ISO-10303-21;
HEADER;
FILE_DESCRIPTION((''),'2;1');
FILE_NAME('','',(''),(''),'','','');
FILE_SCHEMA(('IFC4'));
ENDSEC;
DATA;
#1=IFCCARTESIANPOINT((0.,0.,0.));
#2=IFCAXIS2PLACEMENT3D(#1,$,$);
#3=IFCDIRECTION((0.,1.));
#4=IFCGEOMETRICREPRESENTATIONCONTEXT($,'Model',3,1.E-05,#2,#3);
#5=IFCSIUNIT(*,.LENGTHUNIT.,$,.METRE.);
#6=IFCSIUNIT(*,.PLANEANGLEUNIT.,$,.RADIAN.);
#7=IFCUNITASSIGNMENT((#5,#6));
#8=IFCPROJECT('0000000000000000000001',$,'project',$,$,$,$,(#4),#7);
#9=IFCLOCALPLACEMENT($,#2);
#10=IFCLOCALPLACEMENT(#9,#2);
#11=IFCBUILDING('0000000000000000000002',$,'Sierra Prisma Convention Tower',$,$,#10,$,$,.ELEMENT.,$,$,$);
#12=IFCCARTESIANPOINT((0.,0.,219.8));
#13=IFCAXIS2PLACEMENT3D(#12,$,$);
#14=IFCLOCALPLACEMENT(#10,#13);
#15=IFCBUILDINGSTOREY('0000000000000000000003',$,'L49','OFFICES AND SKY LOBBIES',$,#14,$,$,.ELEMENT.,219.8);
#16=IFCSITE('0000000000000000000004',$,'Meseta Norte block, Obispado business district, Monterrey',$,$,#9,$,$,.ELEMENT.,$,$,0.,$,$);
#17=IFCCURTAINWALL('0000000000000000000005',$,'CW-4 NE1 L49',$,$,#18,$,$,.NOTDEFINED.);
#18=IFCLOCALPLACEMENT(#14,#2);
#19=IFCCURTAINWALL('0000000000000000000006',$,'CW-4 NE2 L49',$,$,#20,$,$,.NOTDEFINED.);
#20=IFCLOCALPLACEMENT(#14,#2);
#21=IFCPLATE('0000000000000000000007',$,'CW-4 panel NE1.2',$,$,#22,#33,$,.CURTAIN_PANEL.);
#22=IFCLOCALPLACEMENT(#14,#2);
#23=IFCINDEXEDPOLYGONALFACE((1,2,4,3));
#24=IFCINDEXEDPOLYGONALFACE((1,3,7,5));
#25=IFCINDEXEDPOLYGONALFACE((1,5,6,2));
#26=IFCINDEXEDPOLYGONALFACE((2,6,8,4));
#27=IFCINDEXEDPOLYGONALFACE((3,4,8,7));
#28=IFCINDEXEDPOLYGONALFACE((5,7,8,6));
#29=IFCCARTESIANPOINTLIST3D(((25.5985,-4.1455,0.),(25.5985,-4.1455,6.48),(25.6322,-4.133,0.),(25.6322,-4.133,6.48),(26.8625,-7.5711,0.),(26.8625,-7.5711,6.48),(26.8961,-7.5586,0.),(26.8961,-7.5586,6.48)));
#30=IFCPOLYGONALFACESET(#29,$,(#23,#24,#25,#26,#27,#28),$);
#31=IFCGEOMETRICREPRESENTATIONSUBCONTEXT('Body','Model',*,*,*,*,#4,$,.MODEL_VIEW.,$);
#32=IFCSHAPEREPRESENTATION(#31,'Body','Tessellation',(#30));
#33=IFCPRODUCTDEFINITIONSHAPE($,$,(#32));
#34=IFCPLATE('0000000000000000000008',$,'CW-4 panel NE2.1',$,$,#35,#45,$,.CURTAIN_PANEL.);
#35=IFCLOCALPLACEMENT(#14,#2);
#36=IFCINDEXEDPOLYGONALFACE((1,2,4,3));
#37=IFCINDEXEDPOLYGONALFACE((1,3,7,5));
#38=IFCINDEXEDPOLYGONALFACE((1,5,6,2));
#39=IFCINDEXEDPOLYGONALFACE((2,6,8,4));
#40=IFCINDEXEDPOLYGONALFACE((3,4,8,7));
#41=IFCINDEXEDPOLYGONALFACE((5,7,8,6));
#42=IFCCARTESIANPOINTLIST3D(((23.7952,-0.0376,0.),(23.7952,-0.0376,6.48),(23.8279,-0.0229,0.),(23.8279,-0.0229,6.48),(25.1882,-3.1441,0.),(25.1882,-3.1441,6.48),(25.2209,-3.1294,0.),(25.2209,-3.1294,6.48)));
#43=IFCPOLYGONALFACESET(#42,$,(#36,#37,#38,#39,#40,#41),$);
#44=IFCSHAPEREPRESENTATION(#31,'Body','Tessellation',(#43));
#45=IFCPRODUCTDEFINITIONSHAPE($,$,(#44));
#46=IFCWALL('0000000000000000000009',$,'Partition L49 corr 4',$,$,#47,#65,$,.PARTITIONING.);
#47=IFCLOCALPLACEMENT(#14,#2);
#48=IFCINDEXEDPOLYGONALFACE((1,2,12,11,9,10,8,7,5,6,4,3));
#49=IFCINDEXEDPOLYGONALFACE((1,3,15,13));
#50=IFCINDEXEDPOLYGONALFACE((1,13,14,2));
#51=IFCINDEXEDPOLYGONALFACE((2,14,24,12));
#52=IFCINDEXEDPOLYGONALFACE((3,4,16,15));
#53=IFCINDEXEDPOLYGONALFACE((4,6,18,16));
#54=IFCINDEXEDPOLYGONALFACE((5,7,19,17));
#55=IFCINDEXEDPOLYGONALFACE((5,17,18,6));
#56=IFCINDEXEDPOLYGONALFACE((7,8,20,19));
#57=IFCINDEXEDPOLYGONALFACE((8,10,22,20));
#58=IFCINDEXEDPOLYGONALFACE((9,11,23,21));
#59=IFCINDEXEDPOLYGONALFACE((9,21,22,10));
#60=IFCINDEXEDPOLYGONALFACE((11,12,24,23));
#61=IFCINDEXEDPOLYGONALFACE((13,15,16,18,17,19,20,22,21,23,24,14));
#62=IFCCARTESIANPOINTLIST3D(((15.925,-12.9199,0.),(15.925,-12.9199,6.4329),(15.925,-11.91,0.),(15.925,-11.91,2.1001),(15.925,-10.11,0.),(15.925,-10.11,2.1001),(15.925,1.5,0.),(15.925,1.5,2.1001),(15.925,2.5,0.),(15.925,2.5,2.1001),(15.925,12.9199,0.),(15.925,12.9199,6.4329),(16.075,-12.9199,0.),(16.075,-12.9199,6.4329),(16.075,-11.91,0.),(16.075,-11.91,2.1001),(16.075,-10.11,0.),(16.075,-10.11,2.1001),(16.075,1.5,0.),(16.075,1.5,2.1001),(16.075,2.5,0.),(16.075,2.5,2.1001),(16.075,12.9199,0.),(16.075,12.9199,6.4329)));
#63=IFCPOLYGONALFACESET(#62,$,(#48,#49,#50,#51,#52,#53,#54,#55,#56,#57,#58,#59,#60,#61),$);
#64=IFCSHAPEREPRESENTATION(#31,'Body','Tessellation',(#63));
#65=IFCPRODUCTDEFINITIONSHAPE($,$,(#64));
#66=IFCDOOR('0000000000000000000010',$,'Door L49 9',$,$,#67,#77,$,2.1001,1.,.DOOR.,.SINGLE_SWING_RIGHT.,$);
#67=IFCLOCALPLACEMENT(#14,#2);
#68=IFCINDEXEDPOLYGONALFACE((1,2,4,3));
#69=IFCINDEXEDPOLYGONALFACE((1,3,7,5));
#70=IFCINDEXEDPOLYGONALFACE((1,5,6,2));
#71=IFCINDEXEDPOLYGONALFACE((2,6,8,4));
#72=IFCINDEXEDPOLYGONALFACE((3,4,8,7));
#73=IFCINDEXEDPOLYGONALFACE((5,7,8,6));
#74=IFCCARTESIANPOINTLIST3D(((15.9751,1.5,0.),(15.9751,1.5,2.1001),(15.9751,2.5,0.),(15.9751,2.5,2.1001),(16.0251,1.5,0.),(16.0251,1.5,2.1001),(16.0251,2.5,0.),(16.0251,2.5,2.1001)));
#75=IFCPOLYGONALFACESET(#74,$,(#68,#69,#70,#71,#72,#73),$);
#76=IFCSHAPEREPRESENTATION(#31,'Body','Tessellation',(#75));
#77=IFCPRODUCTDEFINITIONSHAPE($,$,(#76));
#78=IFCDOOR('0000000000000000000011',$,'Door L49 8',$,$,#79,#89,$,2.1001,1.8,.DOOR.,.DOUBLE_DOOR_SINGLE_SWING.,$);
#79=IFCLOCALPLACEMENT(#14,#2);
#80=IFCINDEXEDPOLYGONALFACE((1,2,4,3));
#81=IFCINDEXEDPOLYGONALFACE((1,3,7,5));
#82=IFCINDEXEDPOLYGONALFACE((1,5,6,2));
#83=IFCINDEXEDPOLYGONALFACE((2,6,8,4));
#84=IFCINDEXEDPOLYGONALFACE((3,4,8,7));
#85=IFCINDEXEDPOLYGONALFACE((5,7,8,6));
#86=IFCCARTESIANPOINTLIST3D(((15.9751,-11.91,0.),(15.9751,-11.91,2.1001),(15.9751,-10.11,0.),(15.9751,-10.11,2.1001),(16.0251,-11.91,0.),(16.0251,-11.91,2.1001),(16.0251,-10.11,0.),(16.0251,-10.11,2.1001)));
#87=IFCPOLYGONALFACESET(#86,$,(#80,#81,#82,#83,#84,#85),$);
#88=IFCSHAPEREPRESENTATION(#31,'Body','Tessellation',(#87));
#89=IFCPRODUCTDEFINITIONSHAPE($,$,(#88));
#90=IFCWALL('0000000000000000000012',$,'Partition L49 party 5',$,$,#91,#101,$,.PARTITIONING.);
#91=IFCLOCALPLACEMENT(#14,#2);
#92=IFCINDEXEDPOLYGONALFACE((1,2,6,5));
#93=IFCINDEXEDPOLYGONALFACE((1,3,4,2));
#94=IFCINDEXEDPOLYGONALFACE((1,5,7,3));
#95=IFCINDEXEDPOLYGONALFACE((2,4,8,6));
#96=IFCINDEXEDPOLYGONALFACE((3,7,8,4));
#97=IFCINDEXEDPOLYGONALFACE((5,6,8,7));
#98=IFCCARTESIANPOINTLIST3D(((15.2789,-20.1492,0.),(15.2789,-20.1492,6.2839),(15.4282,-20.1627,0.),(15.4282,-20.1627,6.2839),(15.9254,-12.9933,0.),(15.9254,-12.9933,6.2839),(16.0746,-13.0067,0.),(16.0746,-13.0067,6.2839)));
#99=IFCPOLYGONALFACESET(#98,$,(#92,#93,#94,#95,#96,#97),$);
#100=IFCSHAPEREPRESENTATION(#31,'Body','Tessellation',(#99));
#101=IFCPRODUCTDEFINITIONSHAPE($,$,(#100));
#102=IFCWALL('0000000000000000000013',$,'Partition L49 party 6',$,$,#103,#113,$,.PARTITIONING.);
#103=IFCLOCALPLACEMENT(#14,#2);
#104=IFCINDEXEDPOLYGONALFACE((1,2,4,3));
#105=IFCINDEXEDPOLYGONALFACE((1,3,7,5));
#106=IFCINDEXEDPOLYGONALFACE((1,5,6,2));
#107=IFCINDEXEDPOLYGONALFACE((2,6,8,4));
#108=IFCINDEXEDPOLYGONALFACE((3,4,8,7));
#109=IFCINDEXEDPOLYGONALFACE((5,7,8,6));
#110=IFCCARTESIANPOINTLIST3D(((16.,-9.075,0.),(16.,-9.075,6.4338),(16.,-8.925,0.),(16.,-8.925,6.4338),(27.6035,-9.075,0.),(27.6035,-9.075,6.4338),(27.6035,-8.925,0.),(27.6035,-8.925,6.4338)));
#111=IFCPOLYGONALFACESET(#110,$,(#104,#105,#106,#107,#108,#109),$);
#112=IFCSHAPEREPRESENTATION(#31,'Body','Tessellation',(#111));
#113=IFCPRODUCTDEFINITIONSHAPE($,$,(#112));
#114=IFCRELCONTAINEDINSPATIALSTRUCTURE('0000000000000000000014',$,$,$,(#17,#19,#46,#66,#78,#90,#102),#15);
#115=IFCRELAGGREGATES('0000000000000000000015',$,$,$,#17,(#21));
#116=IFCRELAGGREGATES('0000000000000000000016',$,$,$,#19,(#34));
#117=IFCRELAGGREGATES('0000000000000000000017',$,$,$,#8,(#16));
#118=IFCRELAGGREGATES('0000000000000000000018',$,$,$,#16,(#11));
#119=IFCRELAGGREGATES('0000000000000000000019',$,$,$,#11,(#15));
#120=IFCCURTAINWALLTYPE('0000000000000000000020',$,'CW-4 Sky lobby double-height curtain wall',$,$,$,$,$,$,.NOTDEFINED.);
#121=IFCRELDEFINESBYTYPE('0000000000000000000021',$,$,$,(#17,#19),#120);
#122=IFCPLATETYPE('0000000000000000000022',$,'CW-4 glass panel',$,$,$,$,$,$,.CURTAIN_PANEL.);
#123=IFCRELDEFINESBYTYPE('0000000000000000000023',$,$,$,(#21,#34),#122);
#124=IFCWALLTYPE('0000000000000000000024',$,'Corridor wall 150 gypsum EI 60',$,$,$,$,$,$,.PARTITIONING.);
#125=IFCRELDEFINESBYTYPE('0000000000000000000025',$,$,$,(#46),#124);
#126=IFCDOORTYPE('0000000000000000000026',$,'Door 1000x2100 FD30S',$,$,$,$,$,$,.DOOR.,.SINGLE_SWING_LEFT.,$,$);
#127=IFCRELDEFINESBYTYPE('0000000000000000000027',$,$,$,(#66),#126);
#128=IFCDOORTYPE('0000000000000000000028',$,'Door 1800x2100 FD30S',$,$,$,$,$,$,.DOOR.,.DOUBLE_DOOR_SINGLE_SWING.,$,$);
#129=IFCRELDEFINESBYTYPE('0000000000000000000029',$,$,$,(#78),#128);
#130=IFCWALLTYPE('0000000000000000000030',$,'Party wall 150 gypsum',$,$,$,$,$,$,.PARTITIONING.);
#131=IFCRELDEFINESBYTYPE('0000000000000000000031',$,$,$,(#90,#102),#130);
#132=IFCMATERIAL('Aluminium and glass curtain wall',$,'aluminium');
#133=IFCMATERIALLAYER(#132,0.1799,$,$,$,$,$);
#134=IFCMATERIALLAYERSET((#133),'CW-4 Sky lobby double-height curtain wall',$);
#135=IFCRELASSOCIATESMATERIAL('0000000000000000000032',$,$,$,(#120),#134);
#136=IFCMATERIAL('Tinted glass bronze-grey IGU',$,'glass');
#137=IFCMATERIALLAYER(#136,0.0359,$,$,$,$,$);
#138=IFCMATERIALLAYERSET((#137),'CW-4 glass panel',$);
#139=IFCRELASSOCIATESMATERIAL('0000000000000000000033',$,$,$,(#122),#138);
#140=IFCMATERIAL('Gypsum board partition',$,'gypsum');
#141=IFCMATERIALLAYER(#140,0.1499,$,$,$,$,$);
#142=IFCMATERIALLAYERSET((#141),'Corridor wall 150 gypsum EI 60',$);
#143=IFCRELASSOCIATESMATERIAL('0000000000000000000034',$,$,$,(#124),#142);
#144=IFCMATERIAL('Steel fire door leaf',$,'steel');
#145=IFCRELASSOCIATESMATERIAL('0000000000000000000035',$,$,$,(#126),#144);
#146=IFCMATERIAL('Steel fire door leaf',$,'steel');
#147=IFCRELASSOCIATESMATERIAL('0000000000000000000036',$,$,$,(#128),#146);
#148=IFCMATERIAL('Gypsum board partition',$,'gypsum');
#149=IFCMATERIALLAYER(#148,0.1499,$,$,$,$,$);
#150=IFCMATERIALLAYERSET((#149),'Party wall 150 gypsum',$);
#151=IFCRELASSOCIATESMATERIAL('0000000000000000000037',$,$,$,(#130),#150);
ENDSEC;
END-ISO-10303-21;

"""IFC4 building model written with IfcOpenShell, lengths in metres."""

from ifc_helpers import new_model, si_unit, direction, frame, frame_2d, origin, origin_2d, place, context, subcontext, project, spatial, rectangle, extrude, material, layer, layer_set, type_object, element, fill, aggregate, save


model = new_model("IFC4")

# Units and contexts
model_context = context("Model", 3, precision=1e-05, world=origin(), true_north=direction((0.0, 1.0)))
body_context = subcontext(model_context, "Body", "Model", "MODEL_VIEW")
ifc_project = project(units=[si_unit("LENGTHUNIT", "METRE"), si_unit("PLANEANGLEUNIT", "RADIAN")], contexts=[model_context])

# Site, building, storey
site_placement = place(None, origin())
site = spatial("IfcSite", under=ifc_project, at=site_placement, Name="Meseta Norte block, Obispado business district, Monterrey", CompositionType="ELEMENT", RefElevation=0.0)
building_placement = place(site_placement, origin())
building = spatial("IfcBuilding", under=site, at=building_placement, Name="Sierra Prisma Convention Tower", CompositionType="ELEMENT")
storey_placement = place(building_placement, frame((0.0, 0.0, 219.8)))
storey = spatial("IfcBuildingStorey", under=building, at=storey_placement, Name="L49", Description="OFFICES AND SKY LOBBIES", CompositionType="ELEMENT", Elevation=219.8)

# Shared definitions
ifc_material_1 = material(Name="Aluminium and glass curtain wall", Category="aluminium")
ifc_layer_1 = layer(ifc_material_1, 0.1799)
ifc_layer_set_1 = layer_set([ifc_layer_1], Name="CW-4 Sky lobby double-height curtain wall")
curtain_wall_type = type_object("IfcCurtainWallType", Name="CW-4 Sky lobby double-height curtain wall", PredefinedType="NOTDEFINED", material=ifc_layer_set_1)

# Curtain wall
curtain_wall_1_placement = place(storey_placement, origin())
curtain_wall_1 = element("IfcCurtainWall", 1, at=curtain_wall_1_placement, inside=storey, type_object=curtain_wall_type, Name="CW-4 NE1 L49", PredefinedType="NOTDEFINED")

# Curtain wall
curtain_wall_2_placement = place(storey_placement, origin())
curtain_wall_2 = element("IfcCurtainWall", 2, at=curtain_wall_2_placement, inside=storey, type_object=curtain_wall_type, Name="CW-4 NE2 L49", PredefinedType="NOTDEFINED")

# Shared definitions
ifc_material_2 = material(Name="Tinted glass bronze-grey IGU", Category="glass")
ifc_layer_2 = layer(ifc_material_2, 0.0359)
ifc_layer_set_2 = layer_set([ifc_layer_2], Name="CW-4 glass panel")
plate_type = type_object("IfcPlateType", Name="CW-4 glass panel", PredefinedType="CURTAIN_PANEL", material=ifc_layer_set_2)

# Plates
plate_1_placement = place(storey_placement, frame((26.2473, -5.8521, 0.0), z_axis=(0.0, 0.0, 1.0), x_axis=(-0.346167, 0.938173, 0.0)))
plate_1 = element("IfcPlate", 3, at=plate_1_placement, type_object=plate_type, Name="CW-4 panel NE1.2", PredefinedType="CURTAIN_PANEL", context=body_context, shape_type="SweptSolid", body=[
    extrude(rectangle(XDim=3.6514, YDim=0.0359, at=origin_2d()), origin(), (0.0, 0.0, 1.0), 6.48),
])
aggregate(curtain_wall_1, [plate_1])
plate_2_placement = place(storey_placement, frame((24.5081, -1.5835, 0.0), z_axis=(0.0, 0.0, 1.0), x_axis=(-0.409156, 0.912465, 0.0)))
plate_2 = element("IfcPlate", 4, at=plate_2_placement, type_object=plate_type, Name="CW-4 panel NE2.1", PredefinedType="CURTAIN_PANEL", context=body_context, shape_type="SweptSolid", body=[
    extrude(rectangle(XDim=3.4045, YDim=0.0359, at=origin_2d()), origin(), (0.0, 0.0, 1.0), 6.48),
])
aggregate(curtain_wall_2, [plate_2])

# Wall, openings, doors
ifc_material_3 = material(Name="Gypsum board partition", Category="gypsum")
ifc_layer_3 = layer(ifc_material_3, 0.1499)
ifc_layer_set_3 = layer_set([ifc_layer_3], Name="Corridor wall 150 gypsum EI 60")
wall_type_1 = type_object("IfcWallType", Name="Corridor wall 150 gypsum EI 60", PredefinedType="PARTITIONING", material=ifc_layer_set_3)
wall_1_placement = place(storey_placement, frame((16.0, -12.9199, 0.0), z_axis=(0.0, 0.0, 1.0), x_axis=(0.0, 1.0, 0.0)))
wall_1 = element("IfcWall", 5, at=wall_1_placement, inside=storey, type_object=wall_type_1, Name="Partition L49 corr 4", PredefinedType="PARTITIONING", context=body_context, shape_type="SweptSolid", body=[
    extrude(rectangle(XDim=25.8398, YDim=0.1499, at=frame_2d((12.9199, 0.0))), origin(), (0.0, 0.0, 1.0), 6.4329),
])
opening_1_placement = place(wall_1_placement, frame((1.01, 0.0, 0.0)))
opening_1 = element("IfcOpeningElement", 6, at=opening_1_placement, cuts=wall_1, PredefinedType="OPENING", context=body_context, shape_type="SweptSolid", body=[
    extrude(rectangle(XDim=1.8, YDim=2.1001, at=frame_2d((0.8999, 1.05))), frame((0.0, 0.075, 0.0), z_axis=(0.0, -1.0, 0.0), x_axis=(1.0, 0.0, 0.0)), (0.0, 0.0, 1.0), 0.1499),
])
opening_2_placement = place(wall_1_placement, frame((14.4199, 0.0, 0.0)))
opening_2 = element("IfcOpeningElement", 7, at=opening_2_placement, cuts=wall_1, PredefinedType="OPENING", context=body_context, shape_type="SweptSolid", body=[
    extrude(rectangle(XDim=1.0, YDim=2.1001, at=frame_2d((0.5, 1.05))), frame((0.0, 0.075, 0.0), z_axis=(0.0, -1.0, 0.0), x_axis=(1.0, 0.0, 0.0)), (0.0, 0.0, 1.0), 0.1499),
])
ifc_material_4 = material(Name="Steel fire door leaf", Category="steel")
door_type_1 = type_object("IfcDoorType", Name="Door 1000x2100 FD30S", OperationType="SINGLE_SWING_LEFT", PredefinedType="DOOR", material=ifc_material_4)
door_1_placement = place(opening_2_placement, origin())
door_1 = element("IfcDoor", 8, at=door_1_placement, inside=storey, type_object=door_type_1, Name="Door L49 9", OperationType="SINGLE_SWING_RIGHT", OverallHeight=2.1001, OverallWidth=1.0, PredefinedType="DOOR", context=body_context, shape_type="SweptSolid", body=[
    extrude(rectangle(XDim=1.0, YDim=2.1001, at=frame_2d((0.5, 1.05))), frame((0.0, 0.0249, 0.0), z_axis=(0.0, -1.0, 0.0), x_axis=(1.0, 0.0, 0.0)), (0.0, 0.0, 1.0), 0.05),
])
fill(opening_2, door_1)
ifc_material_5 = material(Name="Steel fire door leaf", Category="steel")
door_type_2 = type_object("IfcDoorType", Name="Door 1800x2100 FD30S", OperationType="DOUBLE_DOOR_SINGLE_SWING", PredefinedType="DOOR", material=ifc_material_5)
door_2_placement = place(opening_1_placement, origin())
door_2 = element("IfcDoor", 9, at=door_2_placement, inside=storey, type_object=door_type_2, Name="Door L49 8", OperationType="DOUBLE_DOOR_SINGLE_SWING", OverallHeight=2.1001, OverallWidth=1.8, PredefinedType="DOOR", context=body_context, shape_type="SweptSolid", body=[
    extrude(rectangle(XDim=1.8, YDim=2.1001, at=frame_2d((0.8999, 1.05))), frame((0.0, 0.0249, 0.0), z_axis=(0.0, -1.0, 0.0), x_axis=(1.0, 0.0, 0.0)), (0.0, 0.0, 1.0), 0.05),
])
fill(opening_1, door_2)

# Walls
ifc_material_6 = material(Name="Gypsum board partition", Category="gypsum")
ifc_layer_4 = layer(ifc_material_6, 0.1499)
ifc_layer_set_4 = layer_set([ifc_layer_4], Name="Party wall 150 gypsum")
wall_type_2 = type_object("IfcWallType", Name="Party wall 150 gypsum", PredefinedType="PARTITIONING", material=ifc_layer_set_4)
wall_2_placement = place(storey_placement, frame((16.0, -13.0, 0.0), z_axis=(0.0, 0.0, 1.0), x_axis=(-0.089975, -0.995944, 0.0)))
element("IfcWall", 10, at=wall_2_placement, inside=storey, type_object=wall_type_2, Name="Partition L49 party 5", PredefinedType="PARTITIONING", context=body_context, shape_type="SweptSolid", body=[
    extrude(rectangle(XDim=7.1851, YDim=0.1499, at=frame_2d((3.5925, 0.0))), origin(), (0.0, 0.0, 1.0), 6.2839),
])
wall_3_placement = place(storey_placement, frame((16.0, -9.0, 0.0), z_axis=(0.0, 0.0, 1.0), x_axis=(1.0, 0.0, 0.0)))
element("IfcWall", 11, at=wall_3_placement, inside=storey, type_object=wall_type_2, Name="Partition L49 party 6", PredefinedType="PARTITIONING", context=body_context, shape_type="SweptSolid", body=[
    extrude(rectangle(XDim=11.6035, YDim=0.1499, at=frame_2d((5.8018, 0.0))), origin(), (0.0, 0.0, 1.0), 6.4338),
])

save(model, "model.ifc")
